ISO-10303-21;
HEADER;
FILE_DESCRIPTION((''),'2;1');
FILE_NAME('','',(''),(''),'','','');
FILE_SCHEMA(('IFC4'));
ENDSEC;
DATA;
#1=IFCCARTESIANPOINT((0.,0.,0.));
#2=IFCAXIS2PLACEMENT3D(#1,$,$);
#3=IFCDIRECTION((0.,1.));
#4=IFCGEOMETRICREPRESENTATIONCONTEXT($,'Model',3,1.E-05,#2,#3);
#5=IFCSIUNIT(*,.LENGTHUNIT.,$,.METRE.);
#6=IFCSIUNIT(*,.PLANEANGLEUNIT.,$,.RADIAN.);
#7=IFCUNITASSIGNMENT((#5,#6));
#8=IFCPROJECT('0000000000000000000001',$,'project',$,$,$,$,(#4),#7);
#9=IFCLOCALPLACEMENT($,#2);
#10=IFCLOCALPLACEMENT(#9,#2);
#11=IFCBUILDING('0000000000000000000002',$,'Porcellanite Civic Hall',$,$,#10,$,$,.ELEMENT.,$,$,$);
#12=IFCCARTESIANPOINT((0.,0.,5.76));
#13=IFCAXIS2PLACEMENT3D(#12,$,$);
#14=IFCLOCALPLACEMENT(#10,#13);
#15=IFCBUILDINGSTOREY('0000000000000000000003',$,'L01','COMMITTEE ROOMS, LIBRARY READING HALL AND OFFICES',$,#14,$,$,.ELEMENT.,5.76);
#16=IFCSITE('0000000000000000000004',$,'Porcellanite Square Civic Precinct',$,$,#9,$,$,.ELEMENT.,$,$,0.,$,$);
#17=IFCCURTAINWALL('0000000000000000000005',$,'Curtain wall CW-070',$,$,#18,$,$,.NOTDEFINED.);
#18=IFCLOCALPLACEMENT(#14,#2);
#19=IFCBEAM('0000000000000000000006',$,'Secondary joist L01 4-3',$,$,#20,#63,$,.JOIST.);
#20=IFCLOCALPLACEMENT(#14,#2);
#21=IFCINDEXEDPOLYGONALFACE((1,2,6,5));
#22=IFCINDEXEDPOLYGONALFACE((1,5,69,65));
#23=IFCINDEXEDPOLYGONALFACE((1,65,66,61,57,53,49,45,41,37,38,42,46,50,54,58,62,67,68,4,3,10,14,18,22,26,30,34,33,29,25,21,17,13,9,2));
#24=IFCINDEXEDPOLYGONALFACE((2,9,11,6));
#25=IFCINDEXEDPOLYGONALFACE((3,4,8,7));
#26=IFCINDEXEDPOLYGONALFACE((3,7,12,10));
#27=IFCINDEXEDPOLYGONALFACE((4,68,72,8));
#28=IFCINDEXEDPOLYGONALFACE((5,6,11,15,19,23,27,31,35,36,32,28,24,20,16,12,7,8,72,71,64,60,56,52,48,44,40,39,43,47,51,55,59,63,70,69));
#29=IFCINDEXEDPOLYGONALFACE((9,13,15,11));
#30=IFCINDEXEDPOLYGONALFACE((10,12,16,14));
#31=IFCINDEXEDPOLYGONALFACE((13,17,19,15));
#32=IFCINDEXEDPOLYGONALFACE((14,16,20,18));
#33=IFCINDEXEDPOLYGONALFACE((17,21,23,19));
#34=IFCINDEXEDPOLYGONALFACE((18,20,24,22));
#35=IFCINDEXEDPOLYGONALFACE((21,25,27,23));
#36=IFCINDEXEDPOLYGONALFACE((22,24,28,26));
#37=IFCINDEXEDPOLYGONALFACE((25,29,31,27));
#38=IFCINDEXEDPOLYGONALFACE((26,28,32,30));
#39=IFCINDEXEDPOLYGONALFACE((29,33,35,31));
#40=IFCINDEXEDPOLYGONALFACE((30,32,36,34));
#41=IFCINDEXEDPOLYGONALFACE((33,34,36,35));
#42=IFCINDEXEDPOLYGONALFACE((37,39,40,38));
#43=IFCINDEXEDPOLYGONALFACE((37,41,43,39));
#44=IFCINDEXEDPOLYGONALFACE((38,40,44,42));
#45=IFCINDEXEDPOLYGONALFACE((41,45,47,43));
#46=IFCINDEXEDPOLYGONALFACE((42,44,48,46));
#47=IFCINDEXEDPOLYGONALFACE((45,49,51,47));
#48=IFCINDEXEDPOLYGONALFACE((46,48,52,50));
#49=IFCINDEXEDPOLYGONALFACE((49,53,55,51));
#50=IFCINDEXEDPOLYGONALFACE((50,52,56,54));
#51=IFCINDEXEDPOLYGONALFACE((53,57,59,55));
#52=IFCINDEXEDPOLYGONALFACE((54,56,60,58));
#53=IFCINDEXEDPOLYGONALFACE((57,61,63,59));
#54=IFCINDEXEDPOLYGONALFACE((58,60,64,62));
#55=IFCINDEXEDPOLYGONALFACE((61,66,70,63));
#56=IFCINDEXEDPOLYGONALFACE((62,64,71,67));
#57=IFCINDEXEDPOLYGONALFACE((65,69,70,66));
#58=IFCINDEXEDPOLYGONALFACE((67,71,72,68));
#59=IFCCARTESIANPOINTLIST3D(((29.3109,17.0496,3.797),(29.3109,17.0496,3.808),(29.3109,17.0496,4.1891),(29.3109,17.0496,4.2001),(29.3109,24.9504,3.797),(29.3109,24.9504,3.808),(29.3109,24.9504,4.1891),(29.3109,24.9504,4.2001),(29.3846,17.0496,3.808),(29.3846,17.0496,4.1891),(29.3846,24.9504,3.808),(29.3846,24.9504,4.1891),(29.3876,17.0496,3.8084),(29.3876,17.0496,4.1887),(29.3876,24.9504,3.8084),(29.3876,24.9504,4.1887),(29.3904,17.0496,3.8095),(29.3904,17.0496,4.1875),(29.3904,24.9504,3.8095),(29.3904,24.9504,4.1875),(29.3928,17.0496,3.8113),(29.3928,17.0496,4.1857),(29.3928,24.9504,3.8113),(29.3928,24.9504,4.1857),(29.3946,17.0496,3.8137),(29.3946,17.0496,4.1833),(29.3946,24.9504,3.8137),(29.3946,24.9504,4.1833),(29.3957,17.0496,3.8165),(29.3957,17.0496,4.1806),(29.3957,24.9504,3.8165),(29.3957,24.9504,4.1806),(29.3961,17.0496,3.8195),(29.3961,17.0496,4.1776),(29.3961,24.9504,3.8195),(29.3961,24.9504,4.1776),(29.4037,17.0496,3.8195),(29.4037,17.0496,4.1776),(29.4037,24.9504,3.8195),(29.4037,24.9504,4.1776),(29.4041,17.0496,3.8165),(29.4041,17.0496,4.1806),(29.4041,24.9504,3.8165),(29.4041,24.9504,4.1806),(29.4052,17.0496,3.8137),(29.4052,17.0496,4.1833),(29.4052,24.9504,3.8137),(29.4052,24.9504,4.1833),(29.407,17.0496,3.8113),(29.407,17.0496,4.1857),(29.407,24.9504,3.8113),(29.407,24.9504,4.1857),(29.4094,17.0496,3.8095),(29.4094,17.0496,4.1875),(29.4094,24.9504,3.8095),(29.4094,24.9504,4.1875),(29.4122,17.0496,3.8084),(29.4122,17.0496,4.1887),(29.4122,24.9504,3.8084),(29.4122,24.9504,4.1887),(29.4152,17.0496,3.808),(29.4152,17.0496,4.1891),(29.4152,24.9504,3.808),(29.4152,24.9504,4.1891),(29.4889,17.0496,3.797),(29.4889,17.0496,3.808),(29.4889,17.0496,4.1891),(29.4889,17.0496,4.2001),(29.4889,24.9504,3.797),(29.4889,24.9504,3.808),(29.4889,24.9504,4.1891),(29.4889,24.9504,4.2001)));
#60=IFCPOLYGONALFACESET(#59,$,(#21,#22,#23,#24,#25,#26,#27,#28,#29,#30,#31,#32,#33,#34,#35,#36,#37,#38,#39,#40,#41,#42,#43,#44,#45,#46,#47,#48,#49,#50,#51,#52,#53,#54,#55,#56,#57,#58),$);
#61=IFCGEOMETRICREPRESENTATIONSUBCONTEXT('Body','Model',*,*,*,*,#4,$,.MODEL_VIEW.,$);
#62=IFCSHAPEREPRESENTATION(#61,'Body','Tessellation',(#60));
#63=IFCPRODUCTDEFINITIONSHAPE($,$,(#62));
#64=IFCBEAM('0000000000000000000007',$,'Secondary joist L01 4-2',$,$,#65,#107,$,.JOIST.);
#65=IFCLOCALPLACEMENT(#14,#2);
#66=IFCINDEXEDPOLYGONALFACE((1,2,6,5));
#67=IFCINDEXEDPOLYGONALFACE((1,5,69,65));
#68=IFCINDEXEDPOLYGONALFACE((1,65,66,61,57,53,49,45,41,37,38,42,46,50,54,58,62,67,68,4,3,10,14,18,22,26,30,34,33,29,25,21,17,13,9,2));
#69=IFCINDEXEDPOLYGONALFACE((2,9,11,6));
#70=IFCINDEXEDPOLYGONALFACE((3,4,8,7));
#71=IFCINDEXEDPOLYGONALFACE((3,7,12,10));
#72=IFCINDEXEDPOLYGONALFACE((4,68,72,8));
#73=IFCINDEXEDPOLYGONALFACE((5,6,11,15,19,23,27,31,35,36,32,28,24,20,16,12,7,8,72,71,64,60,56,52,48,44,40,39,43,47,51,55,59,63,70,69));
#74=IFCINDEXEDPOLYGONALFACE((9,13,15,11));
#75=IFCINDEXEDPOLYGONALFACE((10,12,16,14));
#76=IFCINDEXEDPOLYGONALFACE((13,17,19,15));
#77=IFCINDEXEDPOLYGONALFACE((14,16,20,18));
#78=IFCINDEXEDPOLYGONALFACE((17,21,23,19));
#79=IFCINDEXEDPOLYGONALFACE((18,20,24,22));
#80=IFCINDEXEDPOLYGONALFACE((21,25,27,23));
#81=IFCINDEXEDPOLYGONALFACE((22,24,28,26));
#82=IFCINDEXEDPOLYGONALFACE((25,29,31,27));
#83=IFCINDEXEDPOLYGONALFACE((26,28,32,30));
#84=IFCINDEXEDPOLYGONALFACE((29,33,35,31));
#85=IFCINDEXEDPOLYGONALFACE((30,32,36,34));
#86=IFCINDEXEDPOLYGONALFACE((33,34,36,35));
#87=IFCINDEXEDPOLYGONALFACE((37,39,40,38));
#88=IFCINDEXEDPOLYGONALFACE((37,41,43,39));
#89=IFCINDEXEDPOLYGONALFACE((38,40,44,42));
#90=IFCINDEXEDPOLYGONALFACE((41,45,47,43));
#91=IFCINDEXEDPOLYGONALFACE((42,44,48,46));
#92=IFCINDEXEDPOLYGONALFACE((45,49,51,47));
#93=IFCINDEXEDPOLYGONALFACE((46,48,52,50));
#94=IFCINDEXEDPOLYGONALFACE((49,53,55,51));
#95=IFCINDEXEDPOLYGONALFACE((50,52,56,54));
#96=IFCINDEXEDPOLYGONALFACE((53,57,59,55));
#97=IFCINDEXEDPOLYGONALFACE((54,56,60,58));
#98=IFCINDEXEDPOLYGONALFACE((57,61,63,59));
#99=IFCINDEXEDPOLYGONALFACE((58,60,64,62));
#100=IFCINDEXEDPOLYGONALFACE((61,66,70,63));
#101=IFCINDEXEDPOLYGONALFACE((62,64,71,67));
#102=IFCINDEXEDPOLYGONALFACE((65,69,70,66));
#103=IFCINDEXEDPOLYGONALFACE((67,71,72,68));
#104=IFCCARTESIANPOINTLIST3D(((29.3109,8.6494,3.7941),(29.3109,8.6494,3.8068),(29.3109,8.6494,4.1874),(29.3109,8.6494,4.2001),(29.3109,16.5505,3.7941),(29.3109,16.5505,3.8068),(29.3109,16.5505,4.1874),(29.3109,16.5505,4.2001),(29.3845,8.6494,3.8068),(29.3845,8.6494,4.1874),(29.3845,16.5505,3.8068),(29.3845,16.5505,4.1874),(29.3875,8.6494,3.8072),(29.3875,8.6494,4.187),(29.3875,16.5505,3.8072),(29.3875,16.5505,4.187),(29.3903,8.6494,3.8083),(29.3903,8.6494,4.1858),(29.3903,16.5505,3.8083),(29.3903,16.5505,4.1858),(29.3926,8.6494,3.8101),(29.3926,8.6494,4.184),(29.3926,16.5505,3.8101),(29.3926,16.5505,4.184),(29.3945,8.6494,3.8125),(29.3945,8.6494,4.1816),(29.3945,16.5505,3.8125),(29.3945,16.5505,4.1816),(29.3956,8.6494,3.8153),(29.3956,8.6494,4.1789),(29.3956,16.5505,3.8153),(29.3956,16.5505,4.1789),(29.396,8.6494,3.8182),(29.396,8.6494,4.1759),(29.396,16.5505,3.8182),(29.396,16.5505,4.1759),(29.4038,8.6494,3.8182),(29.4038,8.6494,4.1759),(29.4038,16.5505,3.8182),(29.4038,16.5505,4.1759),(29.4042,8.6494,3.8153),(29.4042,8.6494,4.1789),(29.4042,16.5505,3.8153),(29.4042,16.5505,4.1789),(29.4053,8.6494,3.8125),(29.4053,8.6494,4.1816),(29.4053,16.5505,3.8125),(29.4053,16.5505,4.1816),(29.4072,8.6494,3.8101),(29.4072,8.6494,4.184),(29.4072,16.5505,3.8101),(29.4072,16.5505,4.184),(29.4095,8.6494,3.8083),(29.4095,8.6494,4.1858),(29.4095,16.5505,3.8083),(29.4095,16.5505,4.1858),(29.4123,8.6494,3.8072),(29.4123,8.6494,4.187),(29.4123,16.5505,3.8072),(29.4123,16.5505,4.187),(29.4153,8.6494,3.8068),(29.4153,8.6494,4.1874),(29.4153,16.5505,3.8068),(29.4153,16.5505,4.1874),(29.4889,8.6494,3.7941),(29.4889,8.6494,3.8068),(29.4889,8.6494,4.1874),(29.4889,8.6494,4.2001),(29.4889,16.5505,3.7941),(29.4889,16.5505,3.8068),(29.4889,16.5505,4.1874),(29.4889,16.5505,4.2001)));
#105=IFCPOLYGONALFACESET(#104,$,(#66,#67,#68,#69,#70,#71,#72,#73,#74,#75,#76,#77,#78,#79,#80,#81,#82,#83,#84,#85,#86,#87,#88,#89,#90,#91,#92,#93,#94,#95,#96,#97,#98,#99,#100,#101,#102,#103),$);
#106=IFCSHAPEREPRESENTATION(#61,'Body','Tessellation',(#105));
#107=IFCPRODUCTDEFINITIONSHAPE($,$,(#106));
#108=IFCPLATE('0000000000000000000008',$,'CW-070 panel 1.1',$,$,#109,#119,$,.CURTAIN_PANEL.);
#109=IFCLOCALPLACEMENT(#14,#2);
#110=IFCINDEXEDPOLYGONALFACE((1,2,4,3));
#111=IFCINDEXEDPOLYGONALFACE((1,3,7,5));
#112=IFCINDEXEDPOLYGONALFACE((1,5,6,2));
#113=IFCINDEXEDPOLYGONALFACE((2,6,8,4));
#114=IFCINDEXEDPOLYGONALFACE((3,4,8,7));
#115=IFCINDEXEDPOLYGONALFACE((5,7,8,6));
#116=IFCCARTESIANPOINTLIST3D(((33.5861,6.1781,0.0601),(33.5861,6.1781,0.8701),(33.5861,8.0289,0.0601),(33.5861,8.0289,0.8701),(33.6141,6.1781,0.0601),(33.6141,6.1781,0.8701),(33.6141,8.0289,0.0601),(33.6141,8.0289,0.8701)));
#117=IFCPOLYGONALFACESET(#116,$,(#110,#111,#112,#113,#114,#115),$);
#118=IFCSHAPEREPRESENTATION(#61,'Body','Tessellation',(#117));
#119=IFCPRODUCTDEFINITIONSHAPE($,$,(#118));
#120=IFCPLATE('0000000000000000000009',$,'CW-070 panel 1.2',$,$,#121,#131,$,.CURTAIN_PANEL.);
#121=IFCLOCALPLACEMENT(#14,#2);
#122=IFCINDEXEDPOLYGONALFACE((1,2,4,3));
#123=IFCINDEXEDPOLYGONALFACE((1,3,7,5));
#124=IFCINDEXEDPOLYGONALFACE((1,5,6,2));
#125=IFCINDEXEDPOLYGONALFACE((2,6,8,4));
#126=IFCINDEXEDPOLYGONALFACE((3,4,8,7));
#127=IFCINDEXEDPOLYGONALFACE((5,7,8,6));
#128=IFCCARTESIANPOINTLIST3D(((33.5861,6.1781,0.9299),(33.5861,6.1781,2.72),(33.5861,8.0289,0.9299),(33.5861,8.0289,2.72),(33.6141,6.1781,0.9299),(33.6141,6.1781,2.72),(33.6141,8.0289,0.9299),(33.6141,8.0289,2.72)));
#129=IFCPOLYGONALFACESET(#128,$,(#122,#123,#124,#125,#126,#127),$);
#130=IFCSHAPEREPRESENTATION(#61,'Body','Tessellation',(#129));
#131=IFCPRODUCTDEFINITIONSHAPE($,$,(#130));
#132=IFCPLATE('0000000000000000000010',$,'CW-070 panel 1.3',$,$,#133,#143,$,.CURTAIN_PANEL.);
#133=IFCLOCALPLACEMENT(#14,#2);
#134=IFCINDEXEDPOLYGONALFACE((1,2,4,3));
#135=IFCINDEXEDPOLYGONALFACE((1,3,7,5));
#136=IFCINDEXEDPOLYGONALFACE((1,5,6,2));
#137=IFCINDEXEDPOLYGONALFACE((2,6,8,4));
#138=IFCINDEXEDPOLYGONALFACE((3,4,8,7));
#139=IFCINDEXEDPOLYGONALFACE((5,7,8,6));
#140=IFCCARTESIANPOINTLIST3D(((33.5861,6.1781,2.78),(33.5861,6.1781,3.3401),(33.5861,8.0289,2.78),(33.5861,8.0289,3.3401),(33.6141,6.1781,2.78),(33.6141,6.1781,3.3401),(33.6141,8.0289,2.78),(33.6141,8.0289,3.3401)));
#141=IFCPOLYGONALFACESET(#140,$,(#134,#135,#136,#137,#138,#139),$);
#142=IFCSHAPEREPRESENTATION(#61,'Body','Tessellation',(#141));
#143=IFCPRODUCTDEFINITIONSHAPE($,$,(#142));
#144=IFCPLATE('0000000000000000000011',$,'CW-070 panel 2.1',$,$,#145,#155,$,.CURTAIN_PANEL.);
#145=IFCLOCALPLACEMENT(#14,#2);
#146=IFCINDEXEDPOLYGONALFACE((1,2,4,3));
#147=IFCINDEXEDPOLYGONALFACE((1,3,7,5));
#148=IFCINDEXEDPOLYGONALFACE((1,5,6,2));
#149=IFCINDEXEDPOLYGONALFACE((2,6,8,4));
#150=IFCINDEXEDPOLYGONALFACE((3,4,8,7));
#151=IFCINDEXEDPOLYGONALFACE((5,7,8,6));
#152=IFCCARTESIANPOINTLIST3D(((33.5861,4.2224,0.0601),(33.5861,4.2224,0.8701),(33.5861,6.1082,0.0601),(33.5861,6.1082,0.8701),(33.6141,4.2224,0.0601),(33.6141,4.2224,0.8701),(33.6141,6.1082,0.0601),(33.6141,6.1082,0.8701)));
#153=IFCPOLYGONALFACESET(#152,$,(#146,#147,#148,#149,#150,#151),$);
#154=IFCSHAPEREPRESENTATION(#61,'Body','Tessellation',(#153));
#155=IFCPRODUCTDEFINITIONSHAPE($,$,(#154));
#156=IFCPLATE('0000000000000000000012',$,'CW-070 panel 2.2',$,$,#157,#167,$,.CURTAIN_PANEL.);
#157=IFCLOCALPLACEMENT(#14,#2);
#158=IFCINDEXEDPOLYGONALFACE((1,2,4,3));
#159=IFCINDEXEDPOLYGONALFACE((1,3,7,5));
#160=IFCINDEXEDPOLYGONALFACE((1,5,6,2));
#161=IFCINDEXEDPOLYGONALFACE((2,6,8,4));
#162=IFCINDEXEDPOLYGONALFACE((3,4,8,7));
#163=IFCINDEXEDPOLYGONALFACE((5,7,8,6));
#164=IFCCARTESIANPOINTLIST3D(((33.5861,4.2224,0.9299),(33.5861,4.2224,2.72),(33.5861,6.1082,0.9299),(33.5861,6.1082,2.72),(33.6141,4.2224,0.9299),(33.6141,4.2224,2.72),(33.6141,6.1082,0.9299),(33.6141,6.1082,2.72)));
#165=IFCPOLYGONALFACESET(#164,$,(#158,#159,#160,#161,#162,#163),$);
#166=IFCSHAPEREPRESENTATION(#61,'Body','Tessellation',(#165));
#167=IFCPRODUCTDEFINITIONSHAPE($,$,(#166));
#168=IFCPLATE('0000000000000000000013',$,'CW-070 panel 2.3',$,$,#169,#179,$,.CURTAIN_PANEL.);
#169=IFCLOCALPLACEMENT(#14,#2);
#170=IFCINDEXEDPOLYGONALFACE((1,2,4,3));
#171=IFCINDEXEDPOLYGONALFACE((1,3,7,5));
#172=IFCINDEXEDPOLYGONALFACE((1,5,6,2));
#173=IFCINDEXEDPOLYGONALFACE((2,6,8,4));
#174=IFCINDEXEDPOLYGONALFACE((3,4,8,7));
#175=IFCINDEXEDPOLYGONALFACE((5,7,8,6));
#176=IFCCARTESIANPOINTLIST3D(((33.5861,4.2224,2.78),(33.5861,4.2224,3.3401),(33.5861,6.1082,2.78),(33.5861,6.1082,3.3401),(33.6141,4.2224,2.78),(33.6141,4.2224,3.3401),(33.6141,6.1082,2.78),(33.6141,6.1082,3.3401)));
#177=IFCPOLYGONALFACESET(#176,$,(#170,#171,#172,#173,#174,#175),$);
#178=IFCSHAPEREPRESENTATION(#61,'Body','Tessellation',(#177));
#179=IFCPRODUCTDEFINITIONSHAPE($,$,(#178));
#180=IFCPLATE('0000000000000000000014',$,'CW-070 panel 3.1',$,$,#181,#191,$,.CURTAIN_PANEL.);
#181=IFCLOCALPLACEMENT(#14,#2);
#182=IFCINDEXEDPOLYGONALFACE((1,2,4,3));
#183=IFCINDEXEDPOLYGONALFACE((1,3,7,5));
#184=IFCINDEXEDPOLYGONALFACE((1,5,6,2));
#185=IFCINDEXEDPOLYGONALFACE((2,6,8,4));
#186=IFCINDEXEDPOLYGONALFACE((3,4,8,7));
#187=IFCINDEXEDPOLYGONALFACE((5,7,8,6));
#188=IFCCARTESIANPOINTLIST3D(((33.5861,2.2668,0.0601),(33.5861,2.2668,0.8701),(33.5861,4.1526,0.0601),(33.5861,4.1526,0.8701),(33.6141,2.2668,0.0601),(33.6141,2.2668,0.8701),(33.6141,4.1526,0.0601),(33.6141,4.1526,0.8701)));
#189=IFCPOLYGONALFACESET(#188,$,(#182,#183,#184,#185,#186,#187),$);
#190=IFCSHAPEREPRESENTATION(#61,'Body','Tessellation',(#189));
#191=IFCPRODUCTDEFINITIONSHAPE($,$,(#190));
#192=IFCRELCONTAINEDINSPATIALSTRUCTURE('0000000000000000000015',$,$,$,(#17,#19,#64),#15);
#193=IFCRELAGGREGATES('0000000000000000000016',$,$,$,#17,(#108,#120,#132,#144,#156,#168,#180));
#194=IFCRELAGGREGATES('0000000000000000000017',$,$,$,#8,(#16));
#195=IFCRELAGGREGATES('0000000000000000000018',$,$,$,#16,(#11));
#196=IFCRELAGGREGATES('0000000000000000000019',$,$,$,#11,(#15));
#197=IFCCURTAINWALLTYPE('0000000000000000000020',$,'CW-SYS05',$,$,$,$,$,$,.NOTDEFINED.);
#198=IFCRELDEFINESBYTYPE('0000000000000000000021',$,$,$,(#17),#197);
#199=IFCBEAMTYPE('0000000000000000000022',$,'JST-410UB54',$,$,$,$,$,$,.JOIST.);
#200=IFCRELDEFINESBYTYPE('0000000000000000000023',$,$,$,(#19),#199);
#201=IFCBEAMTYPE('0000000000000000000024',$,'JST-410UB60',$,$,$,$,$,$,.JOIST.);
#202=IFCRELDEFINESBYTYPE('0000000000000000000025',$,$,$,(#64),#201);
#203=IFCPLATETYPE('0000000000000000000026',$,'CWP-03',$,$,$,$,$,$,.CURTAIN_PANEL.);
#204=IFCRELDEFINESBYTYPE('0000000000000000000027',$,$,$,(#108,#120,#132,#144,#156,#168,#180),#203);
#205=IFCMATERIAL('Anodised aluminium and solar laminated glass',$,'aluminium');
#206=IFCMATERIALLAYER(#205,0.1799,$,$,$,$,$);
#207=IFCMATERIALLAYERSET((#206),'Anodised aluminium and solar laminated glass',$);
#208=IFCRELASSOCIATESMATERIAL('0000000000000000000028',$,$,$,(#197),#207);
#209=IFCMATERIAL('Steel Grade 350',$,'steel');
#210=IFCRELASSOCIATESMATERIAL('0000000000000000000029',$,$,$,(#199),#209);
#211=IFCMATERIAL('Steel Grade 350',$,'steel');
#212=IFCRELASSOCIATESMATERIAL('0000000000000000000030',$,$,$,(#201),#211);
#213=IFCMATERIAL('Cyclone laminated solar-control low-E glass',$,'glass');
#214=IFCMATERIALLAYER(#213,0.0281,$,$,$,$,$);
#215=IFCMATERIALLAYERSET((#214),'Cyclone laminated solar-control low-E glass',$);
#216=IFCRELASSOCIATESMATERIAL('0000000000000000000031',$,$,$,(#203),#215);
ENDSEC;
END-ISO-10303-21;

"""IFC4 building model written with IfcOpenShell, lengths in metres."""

from ifc_helpers import new_model, si_unit, direction, frame, origin, origin_2d, place, context, subcontext, project, spatial, rectangle, i_section, extrude, material, layer, layer_set, material_profile, profile_set, type_object, element, aggregate, save


model = new_model("IFC4")

# Units and contexts
model_context = context("Model", 3, precision=1e-05, world=origin(), true_north=direction((0.0, 1.0)))
body_context = subcontext(model_context, "Body", "Model", "MODEL_VIEW")
ifc_project = project(units=[si_unit("LENGTHUNIT", "METRE"), si_unit("PLANEANGLEUNIT", "RADIAN")], contexts=[model_context])

# Site, building, storey
site_placement = place(None, origin())
site = spatial("IfcSite", under=ifc_project, at=site_placement, Name="Porcellanite Square Civic Precinct", CompositionType="ELEMENT", RefElevation=0.0)
building_placement = place(site_placement, origin())
building = spatial("IfcBuilding", under=site, at=building_placement, Name="Porcellanite Civic Hall", CompositionType="ELEMENT")
storey_placement = place(building_placement, frame((0.0, 0.0, 5.76)))
storey = spatial("IfcBuildingStorey", under=building, at=storey_placement, Name="L01", Description="COMMITTEE ROOMS, LIBRARY READING HALL AND OFFICES", CompositionType="ELEMENT", Elevation=5.76)

# Curtain wall
ifc_material_1 = material(Name="Anodised aluminium and solar laminated glass", Category="aluminium")
ifc_layer_1 = layer(ifc_material_1, 0.1799)
ifc_layer_set_1 = layer_set([ifc_layer_1], Name="Anodised aluminium and solar laminated glass")
curtain_wall_type = type_object("IfcCurtainWallType", Name="CW-SYS05", PredefinedType="NOTDEFINED", material=ifc_layer_set_1)
curtain_wall_placement = place(storey_placement, origin())
curtain_wall = element("IfcCurtainWall", 1, at=curtain_wall_placement, inside=storey, type_object=curtain_wall_type, Name="Curtain wall CW-070", PredefinedType="NOTDEFINED")

# Beams
ifc_material_2 = material(Name="Steel Grade 350", Category="steel")
ifc_material_profile_1 = material_profile(ifc_material_2, i_section(OverallWidth=0.178, OverallDepth=0.4031, WebThickness=0.0076, FlangeThickness=0.011, FilletRadius=0.0115, at=origin_2d()), Name="410UB53.7")
ifc_profile_set_1 = profile_set([ifc_material_profile_1], Name="Steel Grade 350")
beam_type_1 = type_object("IfcBeamType", Name="JST-410UB54", PredefinedType="JOIST", material=ifc_profile_set_1)
beam_1_placement = place(storey_placement, frame((29.3999, 17.0496, 3.9985), z_axis=(0.0, 1.0, 0.0), x_axis=(-1.0, 0.0, 0.0)))
element("IfcBeam", 2, at=beam_1_placement, inside=storey, type_object=beam_type_1, Name="Secondary joist L01 4-3", PredefinedType="JOIST", context=body_context, shape_type="SweptSolid", body=[
    extrude(i_section(OverallWidth=0.178, OverallDepth=0.4031, WebThickness=0.0076, FlangeThickness=0.011, FilletRadius=0.0115, at=origin_2d()), origin(), (0.0, 0.0, 1.0), 7.9009),
])
ifc_material_3 = material(Name="Steel Grade 350", Category="steel")
ifc_material_profile_2 = material_profile(ifc_material_3, i_section(OverallWidth=0.178, OverallDepth=0.406, WebThickness=0.0078, FlangeThickness=0.0127, FilletRadius=0.0115, at=origin_2d()), Name="410UB59.7")
ifc_profile_set_2 = profile_set([ifc_material_profile_2], Name="Steel Grade 350")
beam_type_2 = type_object("IfcBeamType", Name="JST-410UB60", PredefinedType="JOIST", material=ifc_profile_set_2)
beam_2_placement = place(storey_placement, frame((29.3999, 8.6494, 3.9971), z_axis=(0.0, 1.0, 0.0), x_axis=(-1.0, 0.0, 0.0)))
element("IfcBeam", 3, at=beam_2_placement, inside=storey, type_object=beam_type_2, Name="Secondary joist L01 4-2", PredefinedType="JOIST", context=body_context, shape_type="SweptSolid", body=[
    extrude(i_section(OverallWidth=0.178, OverallDepth=0.406, WebThickness=0.0078, FlangeThickness=0.0127, FilletRadius=0.0115, at=origin_2d()), origin(), (0.0, 0.0, 1.0), 7.9011),
])

# Plates
ifc_material_4 = material(Name="Cyclone laminated solar-control low-E glass", Category="glass")
ifc_layer_2 = layer(ifc_material_4, 0.0281)
ifc_layer_set_2 = layer_set([ifc_layer_2], Name="Cyclone laminated solar-control low-E glass")
plate_type = type_object("IfcPlateType", Name="CWP-03", PredefinedType="CURTAIN_PANEL", material=ifc_layer_set_2)
plate_1_placement = place(storey_placement, frame((33.6001, 7.1035, 0.0601), z_axis=(0.0, 0.0, 1.0), x_axis=(0.0, -1.0, 0.0)))
plate_1 = element("IfcPlate", 4, at=plate_1_placement, type_object=plate_type, Name="CW-070 panel 1.1", PredefinedType="CURTAIN_PANEL", context=body_context, shape_type="SweptSolid", body=[
    extrude(rectangle(XDim=1.8508, YDim=0.0281, at=origin_2d()), origin(), (0.0, 0.0, 1.0), 0.8101),
])
plate_2_placement = place(storey_placement, frame((33.6001, 7.1035, 0.9299), z_axis=(0.0, 0.0, 1.0), x_axis=(0.0, -1.0, 0.0)))
plate_2 = element("IfcPlate", 5, at=plate_2_placement, type_object=plate_type, Name="CW-070 panel 1.2", PredefinedType="CURTAIN_PANEL", context=body_context, shape_type="SweptSolid", body=[
    extrude(rectangle(XDim=1.8508, YDim=0.0281, at=origin_2d()), origin(), (0.0, 0.0, 1.0), 1.79),
])
plate_3_placement = place(storey_placement, frame((33.6001, 7.1035, 2.78), z_axis=(0.0, 0.0, 1.0), x_axis=(0.0, -1.0, 0.0)))
plate_3 = element("IfcPlate", 6, at=plate_3_placement, type_object=plate_type, Name="CW-070 panel 1.3", PredefinedType="CURTAIN_PANEL", context=body_context, shape_type="SweptSolid", body=[
    extrude(rectangle(XDim=1.8508, YDim=0.0281, at=origin_2d()), origin(), (0.0, 0.0, 1.0), 0.5601),
])
plate_4_placement = place(storey_placement, frame((33.6001, 5.1653, 0.0601), z_axis=(0.0, 0.0, 1.0), x_axis=(0.0, -1.0, 0.0)))
plate_4 = element("IfcPlate", 7, at=plate_4_placement, type_object=plate_type, Name="CW-070 panel 2.1", PredefinedType="CURTAIN_PANEL", context=body_context, shape_type="SweptSolid", body=[
    extrude(rectangle(XDim=1.8857, YDim=0.0281, at=origin_2d()), origin(), (0.0, 0.0, 1.0), 0.8101),
])
plate_5_placement = place(storey_placement, frame((33.6001, 5.1653, 0.9299), z_axis=(0.0, 0.0, 1.0), x_axis=(0.0, -1.0, 0.0)))
plate_5 = element("IfcPlate", 8, at=plate_5_placement, type_object=plate_type, Name="CW-070 panel 2.2", PredefinedType="CURTAIN_PANEL", context=body_context, shape_type="SweptSolid", body=[
    extrude(rectangle(XDim=1.8857, YDim=0.0281, at=origin_2d()), origin(), (0.0, 0.0, 1.0), 1.79),
])
plate_6_placement = place(storey_placement, frame((33.6001, 5.1653, 2.78), z_axis=(0.0, 0.0, 1.0), x_axis=(0.0, -1.0, 0.0)))
plate_6 = element("IfcPlate", 9, at=plate_6_placement, type_object=plate_type, Name="CW-070 panel 2.3", PredefinedType="CURTAIN_PANEL", context=body_context, shape_type="SweptSolid", body=[
    extrude(rectangle(XDim=1.8857, YDim=0.0281, at=origin_2d()), origin(), (0.0, 0.0, 1.0), 0.5601),
])
plate_7_placement = place(storey_placement, frame((33.6001, 3.2097, 0.0601), z_axis=(0.0, 0.0, 1.0), x_axis=(0.0, -1.0, 0.0)))
plate_7 = element("IfcPlate", 10, at=plate_7_placement, type_object=plate_type, Name="CW-070 panel 3.1", PredefinedType="CURTAIN_PANEL", context=body_context, shape_type="SweptSolid", body=[
    extrude(rectangle(XDim=1.8857, YDim=0.0281, at=origin_2d()), origin(), (0.0, 0.0, 1.0), 0.8101),
])
aggregate(curtain_wall, [plate_1, plate_2, plate_3, plate_4, plate_5, plate_6, plate_7])

save(model, "model.ifc")
